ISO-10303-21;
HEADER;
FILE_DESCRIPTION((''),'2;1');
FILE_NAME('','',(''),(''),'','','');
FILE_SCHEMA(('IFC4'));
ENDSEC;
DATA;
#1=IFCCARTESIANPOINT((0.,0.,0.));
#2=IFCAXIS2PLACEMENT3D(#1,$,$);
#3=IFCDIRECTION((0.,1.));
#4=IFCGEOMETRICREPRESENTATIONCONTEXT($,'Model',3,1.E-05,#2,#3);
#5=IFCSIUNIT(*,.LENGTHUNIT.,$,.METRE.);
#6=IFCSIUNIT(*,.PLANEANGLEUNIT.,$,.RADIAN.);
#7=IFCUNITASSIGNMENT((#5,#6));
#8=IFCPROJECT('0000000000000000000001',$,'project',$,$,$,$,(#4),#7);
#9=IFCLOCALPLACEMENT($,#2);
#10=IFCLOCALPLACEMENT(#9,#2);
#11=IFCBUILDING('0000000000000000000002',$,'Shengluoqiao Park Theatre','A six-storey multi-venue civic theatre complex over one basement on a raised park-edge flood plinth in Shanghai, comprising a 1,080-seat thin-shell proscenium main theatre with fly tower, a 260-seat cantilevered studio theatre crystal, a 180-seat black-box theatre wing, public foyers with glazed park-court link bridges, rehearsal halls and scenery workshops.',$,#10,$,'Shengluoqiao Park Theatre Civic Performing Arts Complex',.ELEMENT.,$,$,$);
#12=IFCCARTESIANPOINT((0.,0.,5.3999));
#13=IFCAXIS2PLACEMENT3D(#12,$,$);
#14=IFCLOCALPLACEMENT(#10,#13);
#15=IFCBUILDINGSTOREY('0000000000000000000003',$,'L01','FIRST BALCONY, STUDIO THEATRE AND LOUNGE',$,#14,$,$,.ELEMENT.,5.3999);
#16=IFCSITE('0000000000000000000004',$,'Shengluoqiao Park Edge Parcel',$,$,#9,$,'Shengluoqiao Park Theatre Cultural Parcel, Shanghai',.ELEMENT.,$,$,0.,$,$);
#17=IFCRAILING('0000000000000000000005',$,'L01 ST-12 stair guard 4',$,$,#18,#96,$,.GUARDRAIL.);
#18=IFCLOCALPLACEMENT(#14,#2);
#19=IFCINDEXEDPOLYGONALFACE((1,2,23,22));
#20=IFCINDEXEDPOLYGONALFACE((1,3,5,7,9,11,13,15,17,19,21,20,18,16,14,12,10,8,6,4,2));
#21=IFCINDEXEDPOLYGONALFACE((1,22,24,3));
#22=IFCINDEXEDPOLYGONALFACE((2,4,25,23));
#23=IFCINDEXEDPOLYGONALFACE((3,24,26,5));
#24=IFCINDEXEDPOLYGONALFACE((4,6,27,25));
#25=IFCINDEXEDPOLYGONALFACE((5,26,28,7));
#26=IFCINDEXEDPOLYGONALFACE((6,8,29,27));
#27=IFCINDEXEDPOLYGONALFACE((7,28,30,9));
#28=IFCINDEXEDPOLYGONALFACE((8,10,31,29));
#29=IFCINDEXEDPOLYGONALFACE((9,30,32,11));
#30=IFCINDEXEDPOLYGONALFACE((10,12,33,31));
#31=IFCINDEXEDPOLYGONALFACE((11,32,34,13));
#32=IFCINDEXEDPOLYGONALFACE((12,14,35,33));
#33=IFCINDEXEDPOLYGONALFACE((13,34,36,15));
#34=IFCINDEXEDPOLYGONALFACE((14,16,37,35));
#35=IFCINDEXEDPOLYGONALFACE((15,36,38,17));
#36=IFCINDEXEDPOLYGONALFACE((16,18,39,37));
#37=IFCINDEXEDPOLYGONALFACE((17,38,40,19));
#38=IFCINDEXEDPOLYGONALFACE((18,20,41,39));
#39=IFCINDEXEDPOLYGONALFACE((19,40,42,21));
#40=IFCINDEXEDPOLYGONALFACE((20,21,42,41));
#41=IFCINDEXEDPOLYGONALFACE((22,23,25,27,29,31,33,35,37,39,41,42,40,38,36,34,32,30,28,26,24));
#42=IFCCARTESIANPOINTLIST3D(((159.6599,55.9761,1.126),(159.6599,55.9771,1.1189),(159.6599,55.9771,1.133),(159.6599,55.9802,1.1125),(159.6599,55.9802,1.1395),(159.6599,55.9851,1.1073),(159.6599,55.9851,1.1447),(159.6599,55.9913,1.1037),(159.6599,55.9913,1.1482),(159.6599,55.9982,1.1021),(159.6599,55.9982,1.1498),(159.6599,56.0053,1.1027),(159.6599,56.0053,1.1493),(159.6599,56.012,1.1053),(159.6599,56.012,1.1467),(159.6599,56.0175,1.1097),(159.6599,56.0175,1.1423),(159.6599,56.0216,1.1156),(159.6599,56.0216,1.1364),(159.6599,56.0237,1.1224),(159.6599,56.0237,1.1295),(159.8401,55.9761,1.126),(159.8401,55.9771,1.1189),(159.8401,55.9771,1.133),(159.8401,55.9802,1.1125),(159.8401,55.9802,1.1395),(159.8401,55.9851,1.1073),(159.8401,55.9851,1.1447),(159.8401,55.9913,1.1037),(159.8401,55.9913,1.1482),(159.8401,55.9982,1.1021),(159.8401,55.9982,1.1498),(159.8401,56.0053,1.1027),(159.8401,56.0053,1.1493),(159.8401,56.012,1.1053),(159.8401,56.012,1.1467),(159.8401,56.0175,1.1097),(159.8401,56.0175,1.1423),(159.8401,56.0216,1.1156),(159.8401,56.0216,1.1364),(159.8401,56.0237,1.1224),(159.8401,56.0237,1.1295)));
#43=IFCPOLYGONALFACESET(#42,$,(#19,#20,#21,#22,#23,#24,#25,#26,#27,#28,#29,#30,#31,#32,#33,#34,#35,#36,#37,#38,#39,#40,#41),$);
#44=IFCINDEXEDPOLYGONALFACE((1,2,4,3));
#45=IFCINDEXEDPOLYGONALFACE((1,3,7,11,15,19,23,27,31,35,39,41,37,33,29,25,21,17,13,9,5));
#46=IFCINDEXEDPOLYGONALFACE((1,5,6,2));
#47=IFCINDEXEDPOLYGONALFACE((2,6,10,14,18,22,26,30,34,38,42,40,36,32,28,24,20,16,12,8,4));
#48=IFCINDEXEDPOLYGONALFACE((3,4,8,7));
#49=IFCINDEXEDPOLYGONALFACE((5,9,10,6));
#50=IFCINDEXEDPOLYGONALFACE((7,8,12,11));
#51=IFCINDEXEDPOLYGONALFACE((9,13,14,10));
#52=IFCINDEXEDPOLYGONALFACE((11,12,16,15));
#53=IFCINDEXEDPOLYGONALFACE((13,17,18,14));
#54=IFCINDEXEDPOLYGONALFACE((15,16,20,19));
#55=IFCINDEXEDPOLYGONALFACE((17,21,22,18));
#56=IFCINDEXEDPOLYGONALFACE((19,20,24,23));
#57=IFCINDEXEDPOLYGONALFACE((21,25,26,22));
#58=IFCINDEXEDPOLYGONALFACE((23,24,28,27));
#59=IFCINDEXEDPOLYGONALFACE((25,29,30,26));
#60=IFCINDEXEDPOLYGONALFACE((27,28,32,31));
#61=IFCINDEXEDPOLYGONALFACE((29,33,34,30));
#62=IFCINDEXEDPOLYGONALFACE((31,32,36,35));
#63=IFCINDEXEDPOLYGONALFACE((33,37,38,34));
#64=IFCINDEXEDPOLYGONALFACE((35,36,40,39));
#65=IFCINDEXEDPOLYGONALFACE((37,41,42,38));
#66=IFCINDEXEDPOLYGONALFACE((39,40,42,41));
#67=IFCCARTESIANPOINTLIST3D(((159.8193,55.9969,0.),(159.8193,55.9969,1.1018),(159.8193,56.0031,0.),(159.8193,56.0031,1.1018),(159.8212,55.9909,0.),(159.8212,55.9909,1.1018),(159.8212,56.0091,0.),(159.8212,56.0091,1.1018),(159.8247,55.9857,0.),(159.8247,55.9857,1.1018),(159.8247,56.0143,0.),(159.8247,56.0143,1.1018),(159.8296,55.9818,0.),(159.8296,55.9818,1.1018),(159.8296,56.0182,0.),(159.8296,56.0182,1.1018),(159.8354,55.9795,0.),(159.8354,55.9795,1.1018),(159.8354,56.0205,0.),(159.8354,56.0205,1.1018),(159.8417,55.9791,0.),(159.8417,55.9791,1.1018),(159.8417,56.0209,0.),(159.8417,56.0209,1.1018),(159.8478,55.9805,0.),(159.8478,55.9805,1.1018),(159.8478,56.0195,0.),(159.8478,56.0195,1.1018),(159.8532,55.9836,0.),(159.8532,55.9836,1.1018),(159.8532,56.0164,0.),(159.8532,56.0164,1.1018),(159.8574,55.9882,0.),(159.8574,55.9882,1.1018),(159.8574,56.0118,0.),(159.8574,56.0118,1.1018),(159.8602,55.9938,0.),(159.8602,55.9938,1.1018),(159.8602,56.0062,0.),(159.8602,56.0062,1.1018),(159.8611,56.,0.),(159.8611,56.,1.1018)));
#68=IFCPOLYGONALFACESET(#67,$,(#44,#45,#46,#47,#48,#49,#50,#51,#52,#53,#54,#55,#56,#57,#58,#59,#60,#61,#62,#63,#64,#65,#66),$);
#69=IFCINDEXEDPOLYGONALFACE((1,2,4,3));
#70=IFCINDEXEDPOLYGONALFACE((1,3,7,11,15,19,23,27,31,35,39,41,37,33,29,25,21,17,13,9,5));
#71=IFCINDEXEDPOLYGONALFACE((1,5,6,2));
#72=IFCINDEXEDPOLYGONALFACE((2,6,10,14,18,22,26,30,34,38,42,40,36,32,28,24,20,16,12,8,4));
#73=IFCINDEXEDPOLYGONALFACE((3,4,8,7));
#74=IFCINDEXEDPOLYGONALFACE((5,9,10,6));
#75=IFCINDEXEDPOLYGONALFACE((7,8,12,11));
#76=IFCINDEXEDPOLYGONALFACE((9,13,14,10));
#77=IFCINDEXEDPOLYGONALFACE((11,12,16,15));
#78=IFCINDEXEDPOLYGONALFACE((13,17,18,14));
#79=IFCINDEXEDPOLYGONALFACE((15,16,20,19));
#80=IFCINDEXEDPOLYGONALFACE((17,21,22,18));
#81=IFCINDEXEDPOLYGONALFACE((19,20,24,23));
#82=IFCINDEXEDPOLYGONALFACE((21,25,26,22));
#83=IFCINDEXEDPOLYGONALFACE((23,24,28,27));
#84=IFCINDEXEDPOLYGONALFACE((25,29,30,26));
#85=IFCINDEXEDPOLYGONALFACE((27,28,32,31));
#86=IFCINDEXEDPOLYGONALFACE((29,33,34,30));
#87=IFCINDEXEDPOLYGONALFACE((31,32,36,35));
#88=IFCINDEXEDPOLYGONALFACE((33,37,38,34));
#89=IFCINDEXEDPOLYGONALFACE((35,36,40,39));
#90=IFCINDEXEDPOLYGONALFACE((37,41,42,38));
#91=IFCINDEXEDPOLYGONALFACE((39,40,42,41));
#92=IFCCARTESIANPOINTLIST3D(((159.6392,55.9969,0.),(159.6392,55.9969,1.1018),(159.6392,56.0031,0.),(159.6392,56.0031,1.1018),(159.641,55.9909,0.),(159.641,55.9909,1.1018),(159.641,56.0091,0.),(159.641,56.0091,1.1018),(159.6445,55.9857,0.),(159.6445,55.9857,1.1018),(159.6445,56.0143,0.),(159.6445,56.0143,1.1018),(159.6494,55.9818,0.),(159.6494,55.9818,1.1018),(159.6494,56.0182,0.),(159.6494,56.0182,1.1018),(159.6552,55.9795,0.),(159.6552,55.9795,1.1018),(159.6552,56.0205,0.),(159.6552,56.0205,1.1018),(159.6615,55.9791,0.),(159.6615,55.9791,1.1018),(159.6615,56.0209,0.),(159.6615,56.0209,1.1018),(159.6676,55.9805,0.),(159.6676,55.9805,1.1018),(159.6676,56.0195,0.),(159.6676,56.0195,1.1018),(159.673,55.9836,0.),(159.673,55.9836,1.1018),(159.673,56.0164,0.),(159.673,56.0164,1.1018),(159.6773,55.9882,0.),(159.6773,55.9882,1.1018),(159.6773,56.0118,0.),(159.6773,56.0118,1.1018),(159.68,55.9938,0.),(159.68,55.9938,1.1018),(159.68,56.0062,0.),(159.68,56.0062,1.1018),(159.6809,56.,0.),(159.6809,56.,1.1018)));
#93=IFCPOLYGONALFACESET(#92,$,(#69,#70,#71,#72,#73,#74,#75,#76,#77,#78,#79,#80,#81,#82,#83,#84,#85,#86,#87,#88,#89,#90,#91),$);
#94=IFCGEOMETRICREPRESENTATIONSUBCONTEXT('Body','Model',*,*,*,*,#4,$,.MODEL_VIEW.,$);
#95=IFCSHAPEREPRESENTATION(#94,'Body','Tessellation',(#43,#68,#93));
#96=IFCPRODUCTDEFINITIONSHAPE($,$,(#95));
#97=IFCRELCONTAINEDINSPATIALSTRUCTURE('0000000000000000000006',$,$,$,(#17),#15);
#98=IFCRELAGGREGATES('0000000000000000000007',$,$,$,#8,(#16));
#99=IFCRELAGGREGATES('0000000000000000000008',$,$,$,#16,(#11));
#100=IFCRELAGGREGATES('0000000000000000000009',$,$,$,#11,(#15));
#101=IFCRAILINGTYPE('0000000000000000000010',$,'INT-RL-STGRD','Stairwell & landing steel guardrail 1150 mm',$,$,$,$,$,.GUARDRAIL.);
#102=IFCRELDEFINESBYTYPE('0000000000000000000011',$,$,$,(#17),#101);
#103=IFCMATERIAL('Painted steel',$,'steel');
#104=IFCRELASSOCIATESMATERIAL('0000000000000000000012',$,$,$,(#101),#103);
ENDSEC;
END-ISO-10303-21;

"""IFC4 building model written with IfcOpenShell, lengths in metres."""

from ifc_helpers import new_model, si_unit, direction, frame, origin, origin_2d, place, context, subcontext, project, spatial, circle, extrude, material, type_object, element, save


model = new_model("IFC4")

# Units and contexts
model_context = context("Model", 3, precision=1e-05, world=origin(), true_north=direction((0.0, 1.0)))
body_context = subcontext(model_context, "Body", "Model", "MODEL_VIEW")
ifc_project = project(units=[si_unit("LENGTHUNIT", "METRE"), si_unit("PLANEANGLEUNIT", "RADIAN")], contexts=[model_context])

# Site, building, storey
site_placement = place(None, origin())
site = spatial("IfcSite", under=ifc_project, at=site_placement, Name="Shengluoqiao Park Edge Parcel", LongName="Shengluoqiao Park Theatre Cultural Parcel, Shanghai", CompositionType="ELEMENT", RefElevation=0.0)
building_placement = place(site_placement, origin())
building = spatial("IfcBuilding", under=site, at=building_placement, Name="Shengluoqiao Park Theatre", Description="A six-storey multi-venue civic theatre complex over one basement on a raised park-edge flood plinth in Shanghai, comprising a 1,080-seat thin-shell proscenium main theatre with fly tower, a 260-seat cantilevered studio theatre crystal, a 180-seat black-box theatre wing, public foyers with glazed park-court link bridges, rehearsal halls and scenery workshops.", LongName="Shengluoqiao Park Theatre Civic Performing Arts Complex", CompositionType="ELEMENT")
storey_placement = place(building_placement, frame((0.0, 0.0, 5.3999)))
storey = spatial("IfcBuildingStorey", under=building, at=storey_placement, Name="L01", Description="FIRST BALCONY, STUDIO THEATRE AND LOUNGE", CompositionType="ELEMENT", Elevation=5.3999)

# Railing
ifc_material_1 = material(Name="Painted steel", Category="steel")
railing_type_1 = type_object("IfcRailingType", Name="INT-RL-STGRD", Description="Stairwell & landing steel guardrail 1150 mm", PredefinedType="GUARDRAIL", material=ifc_material_1)
railing_1_placement = place(storey_placement, frame((159.8401, 56.0, 0.0)))
element("IfcRailing", 1, at=railing_1_placement, inside=storey, type_object=railing_type_1, Name="L01 ST-12 stair guard 4", PredefinedType="GUARDRAIL", context=body_context, shape_type="SweptSolid", body=[
    extrude(circle(Radius=0.0239, at=origin_2d()), frame((0.0, 0.0, 1.126), z_axis=(-1.0, 0.0, 0.0), x_axis=(0.0, -1.0, 0.0)), (0.0, 0.0, 1.0), 0.1802),
    extrude(circle(Radius=0.021, at=origin_2d()), origin(), (0.0, 0.0, 1.0), 1.1018),
    extrude(circle(Radius=0.021, at=origin_2d()), frame((-0.1802, 0.0, 0.0)), (0.0, 0.0, 1.0), 1.1018),
])

save(model, "model.ifc")
